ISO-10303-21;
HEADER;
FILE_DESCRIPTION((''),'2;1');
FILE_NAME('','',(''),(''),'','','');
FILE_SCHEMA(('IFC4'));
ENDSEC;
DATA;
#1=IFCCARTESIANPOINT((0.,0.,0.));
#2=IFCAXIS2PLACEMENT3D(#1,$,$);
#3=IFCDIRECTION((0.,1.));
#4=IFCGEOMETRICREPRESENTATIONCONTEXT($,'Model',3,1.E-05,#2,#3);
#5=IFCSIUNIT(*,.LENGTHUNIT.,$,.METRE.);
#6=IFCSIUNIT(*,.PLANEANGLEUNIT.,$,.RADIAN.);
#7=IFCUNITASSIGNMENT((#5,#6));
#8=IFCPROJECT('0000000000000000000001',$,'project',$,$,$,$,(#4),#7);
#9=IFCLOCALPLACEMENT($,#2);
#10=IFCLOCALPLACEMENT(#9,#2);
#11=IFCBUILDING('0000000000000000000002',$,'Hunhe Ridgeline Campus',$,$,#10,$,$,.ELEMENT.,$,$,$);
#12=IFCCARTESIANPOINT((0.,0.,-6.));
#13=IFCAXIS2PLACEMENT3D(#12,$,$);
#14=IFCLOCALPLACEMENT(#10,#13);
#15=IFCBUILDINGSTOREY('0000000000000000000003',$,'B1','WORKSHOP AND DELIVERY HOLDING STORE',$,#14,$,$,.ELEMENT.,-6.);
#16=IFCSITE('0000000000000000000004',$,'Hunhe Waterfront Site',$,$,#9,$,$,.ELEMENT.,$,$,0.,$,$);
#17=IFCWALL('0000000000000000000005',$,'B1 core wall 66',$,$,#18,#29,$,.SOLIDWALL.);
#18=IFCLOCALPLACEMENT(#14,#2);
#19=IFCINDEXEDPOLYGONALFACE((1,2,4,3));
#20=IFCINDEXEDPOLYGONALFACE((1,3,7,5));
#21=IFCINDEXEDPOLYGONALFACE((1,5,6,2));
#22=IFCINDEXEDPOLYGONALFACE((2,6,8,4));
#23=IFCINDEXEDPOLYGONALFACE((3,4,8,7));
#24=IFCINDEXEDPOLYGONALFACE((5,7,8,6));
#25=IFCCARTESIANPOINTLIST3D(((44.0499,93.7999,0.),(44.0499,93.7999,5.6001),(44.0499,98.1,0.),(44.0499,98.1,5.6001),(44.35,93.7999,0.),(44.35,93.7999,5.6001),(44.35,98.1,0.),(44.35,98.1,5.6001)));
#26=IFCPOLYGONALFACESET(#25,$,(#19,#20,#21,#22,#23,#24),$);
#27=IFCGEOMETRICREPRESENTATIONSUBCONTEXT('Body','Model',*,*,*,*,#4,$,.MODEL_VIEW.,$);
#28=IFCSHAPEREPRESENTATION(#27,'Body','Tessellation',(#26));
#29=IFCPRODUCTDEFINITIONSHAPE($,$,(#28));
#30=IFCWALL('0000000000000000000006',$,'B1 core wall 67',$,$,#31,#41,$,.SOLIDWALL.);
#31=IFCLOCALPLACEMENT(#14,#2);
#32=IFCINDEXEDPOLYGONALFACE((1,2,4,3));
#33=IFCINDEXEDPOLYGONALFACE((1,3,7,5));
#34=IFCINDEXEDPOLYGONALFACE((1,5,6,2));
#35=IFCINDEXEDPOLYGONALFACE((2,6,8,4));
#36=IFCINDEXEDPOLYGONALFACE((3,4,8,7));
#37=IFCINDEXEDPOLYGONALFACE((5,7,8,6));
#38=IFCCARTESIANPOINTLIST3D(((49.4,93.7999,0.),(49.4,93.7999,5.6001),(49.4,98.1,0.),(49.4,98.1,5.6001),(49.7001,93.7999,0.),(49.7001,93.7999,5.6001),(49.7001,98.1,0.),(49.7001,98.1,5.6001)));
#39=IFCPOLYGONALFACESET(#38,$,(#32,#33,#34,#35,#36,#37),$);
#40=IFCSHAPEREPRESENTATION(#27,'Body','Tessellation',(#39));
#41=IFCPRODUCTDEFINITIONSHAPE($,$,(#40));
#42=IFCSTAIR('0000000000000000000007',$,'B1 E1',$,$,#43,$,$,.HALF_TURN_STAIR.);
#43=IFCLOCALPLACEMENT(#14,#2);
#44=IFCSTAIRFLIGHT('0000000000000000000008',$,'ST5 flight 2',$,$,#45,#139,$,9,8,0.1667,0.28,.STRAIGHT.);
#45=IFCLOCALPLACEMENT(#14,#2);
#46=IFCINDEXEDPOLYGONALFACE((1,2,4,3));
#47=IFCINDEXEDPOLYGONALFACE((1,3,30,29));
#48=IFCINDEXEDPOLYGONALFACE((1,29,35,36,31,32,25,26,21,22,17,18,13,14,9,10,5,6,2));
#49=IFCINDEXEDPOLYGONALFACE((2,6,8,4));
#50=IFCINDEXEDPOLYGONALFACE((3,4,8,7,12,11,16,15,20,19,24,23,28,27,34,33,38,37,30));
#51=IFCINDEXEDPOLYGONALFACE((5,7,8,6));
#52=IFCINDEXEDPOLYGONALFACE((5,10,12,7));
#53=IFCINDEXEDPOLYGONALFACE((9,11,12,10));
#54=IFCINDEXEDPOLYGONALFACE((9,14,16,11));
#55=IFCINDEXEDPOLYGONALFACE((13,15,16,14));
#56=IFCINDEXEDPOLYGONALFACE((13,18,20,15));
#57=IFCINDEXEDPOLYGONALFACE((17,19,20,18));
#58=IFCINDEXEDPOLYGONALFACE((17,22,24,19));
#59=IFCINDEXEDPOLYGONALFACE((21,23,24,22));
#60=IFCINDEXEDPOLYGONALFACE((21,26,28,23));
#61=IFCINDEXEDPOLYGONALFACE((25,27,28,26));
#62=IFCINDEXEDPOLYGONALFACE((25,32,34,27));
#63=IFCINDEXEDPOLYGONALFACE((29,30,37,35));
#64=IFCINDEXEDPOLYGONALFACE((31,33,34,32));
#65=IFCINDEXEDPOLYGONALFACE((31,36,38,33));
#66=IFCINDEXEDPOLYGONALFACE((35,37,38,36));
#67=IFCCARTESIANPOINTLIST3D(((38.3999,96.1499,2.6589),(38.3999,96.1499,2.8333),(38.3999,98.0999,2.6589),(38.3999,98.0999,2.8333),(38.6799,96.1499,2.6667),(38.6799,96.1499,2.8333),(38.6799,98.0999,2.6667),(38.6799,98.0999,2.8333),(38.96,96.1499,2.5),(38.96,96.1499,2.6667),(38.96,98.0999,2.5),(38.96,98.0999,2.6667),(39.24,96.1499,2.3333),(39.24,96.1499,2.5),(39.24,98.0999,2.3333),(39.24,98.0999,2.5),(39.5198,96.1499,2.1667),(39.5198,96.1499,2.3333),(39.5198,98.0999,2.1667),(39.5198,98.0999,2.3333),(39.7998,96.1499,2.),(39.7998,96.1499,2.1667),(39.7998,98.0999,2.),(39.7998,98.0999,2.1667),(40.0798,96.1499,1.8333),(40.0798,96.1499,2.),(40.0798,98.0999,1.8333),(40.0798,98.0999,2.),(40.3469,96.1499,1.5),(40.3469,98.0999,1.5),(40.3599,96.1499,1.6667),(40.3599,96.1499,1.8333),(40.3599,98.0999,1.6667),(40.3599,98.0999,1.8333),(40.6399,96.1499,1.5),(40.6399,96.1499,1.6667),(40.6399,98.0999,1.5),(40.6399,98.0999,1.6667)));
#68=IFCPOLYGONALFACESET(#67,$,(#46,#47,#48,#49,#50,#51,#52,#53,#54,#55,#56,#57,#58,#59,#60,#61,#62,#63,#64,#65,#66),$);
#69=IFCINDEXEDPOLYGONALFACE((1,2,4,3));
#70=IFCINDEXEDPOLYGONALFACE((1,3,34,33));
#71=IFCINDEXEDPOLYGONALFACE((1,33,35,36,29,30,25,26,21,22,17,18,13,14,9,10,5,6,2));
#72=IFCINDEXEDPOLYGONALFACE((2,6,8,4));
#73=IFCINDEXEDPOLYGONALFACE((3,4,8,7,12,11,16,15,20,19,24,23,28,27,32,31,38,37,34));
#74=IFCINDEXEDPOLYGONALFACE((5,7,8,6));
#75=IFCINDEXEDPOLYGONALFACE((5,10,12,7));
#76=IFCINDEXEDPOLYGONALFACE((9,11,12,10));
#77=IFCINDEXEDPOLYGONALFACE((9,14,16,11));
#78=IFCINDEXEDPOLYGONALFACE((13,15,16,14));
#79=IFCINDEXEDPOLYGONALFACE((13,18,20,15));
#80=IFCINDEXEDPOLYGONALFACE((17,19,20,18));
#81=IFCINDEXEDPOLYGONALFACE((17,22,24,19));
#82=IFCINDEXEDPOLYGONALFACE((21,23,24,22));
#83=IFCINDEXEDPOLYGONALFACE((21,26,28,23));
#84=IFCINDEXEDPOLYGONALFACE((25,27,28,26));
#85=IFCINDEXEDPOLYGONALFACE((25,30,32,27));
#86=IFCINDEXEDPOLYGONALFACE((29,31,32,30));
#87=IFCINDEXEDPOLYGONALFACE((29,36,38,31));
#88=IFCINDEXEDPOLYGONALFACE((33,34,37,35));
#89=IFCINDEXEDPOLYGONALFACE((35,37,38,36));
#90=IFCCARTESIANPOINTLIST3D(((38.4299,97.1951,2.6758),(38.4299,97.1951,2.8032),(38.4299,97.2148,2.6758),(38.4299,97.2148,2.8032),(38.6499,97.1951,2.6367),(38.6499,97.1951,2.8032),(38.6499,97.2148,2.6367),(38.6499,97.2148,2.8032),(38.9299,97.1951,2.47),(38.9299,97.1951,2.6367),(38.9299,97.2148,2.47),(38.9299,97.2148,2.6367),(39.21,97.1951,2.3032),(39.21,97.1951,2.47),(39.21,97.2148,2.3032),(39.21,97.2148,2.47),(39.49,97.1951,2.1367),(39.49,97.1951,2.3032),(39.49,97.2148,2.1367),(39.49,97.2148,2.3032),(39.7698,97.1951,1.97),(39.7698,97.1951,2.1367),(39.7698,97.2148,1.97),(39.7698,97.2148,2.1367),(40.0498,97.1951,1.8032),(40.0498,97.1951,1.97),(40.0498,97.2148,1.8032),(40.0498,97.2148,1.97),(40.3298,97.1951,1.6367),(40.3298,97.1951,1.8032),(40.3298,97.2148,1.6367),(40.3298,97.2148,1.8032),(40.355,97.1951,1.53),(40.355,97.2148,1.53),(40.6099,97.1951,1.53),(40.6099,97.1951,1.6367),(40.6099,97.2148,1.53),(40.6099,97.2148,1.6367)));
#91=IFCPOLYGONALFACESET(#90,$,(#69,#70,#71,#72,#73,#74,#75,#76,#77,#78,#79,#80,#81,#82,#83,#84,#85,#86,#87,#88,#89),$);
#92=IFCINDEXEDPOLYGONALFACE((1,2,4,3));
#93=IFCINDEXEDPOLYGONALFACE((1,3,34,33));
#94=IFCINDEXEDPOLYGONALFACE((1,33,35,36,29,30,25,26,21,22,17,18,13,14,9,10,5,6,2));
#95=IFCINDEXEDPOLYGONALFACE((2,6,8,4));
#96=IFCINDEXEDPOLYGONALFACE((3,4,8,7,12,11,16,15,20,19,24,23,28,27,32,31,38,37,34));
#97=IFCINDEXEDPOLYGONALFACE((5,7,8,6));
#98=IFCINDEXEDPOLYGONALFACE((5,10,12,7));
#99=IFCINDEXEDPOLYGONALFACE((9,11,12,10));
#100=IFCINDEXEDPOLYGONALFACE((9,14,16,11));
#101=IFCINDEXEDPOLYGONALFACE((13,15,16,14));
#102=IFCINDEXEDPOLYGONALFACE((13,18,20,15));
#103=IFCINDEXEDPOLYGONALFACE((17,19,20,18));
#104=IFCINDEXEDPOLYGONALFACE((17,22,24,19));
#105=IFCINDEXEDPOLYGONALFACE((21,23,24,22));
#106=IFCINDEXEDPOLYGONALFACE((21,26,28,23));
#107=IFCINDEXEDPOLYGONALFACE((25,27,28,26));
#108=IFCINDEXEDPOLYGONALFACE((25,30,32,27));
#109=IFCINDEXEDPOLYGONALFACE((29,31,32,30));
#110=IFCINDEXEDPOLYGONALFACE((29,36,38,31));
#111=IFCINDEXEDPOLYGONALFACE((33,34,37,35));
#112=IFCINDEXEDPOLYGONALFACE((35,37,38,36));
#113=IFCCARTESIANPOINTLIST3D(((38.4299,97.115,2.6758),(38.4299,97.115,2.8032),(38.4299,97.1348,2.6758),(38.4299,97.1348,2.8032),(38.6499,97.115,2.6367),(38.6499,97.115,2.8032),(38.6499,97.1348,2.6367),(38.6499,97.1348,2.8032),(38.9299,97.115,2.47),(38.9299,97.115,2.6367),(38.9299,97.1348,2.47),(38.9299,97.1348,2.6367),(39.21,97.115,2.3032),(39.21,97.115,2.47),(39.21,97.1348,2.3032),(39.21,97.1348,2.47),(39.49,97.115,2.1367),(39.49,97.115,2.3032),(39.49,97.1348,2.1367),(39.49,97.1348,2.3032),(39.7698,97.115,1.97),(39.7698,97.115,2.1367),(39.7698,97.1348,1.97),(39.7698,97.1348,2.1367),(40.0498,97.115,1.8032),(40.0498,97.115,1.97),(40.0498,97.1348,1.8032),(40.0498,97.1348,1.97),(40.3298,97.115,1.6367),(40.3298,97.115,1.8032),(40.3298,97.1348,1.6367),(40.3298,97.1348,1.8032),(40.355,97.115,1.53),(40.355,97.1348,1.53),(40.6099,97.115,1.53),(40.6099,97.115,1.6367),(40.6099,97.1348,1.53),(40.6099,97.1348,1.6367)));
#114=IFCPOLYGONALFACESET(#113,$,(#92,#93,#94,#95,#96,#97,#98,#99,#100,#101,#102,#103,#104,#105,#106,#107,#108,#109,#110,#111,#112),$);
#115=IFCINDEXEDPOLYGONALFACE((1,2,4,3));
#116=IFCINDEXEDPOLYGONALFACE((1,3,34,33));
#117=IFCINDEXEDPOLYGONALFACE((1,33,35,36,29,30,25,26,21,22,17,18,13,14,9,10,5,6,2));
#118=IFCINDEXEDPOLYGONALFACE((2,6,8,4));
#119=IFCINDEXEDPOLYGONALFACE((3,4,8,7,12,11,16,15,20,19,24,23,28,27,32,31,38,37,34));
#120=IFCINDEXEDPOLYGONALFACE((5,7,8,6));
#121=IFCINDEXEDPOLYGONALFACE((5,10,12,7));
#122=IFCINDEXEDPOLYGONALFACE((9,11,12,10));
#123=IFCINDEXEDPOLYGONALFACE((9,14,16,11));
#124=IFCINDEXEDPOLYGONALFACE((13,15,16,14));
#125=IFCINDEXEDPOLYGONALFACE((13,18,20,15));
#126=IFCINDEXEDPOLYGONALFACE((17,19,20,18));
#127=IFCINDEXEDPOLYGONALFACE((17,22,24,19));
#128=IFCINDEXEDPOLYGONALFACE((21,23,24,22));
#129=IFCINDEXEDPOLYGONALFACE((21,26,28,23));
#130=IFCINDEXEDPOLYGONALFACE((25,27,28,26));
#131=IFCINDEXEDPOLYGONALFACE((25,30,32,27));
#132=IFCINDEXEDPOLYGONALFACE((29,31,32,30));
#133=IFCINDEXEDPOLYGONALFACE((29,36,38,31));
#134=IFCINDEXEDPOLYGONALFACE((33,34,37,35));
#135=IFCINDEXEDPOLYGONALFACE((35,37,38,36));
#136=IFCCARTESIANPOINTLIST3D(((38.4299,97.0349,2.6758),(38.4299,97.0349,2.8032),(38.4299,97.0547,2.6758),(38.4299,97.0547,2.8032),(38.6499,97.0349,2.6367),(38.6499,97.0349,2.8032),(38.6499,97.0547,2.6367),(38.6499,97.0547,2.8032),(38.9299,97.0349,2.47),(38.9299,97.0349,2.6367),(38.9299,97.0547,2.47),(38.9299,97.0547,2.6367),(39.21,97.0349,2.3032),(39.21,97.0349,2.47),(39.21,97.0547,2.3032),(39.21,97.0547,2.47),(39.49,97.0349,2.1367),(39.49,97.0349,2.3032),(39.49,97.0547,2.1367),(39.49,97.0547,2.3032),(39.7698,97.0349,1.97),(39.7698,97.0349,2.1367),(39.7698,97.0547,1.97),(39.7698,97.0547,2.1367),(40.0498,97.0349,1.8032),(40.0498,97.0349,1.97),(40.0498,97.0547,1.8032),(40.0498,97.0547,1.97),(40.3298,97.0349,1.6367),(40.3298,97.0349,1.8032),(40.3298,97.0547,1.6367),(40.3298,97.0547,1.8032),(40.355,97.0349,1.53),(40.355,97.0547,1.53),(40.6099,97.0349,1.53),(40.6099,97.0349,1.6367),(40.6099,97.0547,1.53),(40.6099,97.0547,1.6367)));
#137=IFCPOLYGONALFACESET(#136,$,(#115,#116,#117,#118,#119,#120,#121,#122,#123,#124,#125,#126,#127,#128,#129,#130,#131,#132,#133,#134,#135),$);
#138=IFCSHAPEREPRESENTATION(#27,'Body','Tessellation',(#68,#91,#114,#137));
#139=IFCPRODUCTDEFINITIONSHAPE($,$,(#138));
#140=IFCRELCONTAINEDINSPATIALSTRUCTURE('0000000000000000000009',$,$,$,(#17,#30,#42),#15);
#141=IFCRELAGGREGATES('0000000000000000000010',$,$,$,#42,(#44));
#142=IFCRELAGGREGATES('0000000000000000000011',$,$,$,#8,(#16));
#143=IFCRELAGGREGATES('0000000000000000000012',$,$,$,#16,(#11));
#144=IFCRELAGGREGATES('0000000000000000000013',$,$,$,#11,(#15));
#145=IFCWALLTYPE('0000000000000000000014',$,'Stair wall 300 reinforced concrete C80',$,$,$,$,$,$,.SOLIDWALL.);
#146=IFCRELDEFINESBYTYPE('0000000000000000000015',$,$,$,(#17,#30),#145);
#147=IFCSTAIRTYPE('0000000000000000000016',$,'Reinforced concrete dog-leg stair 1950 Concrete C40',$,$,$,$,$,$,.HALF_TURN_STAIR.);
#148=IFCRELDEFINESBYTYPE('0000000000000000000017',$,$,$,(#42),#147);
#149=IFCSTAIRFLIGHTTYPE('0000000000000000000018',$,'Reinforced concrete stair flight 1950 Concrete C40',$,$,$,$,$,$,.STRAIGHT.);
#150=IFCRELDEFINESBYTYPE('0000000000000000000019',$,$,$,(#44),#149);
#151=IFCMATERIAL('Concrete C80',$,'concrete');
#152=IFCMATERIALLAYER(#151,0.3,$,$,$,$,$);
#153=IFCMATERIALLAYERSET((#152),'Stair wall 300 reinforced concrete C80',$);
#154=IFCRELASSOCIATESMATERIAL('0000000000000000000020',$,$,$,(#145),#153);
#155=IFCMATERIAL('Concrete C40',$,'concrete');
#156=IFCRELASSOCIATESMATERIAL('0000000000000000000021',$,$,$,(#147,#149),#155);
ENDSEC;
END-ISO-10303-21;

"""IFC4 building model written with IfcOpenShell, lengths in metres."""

from ifc_helpers import new_model, si_unit, direction, frame, frame_2d, origin, place, context, subcontext, project, spatial, polyline, rectangle, outline, extrude, material, layer, layer_set, type_object, element, aggregate, save


model = new_model("IFC4")

# Units and contexts
model_context = context("Model", 3, precision=1e-05, world=origin(), true_north=direction((0.0, 1.0)))
body_context = subcontext(model_context, "Body", "Model", "MODEL_VIEW")
ifc_project = project(units=[si_unit("LENGTHUNIT", "METRE"), si_unit("PLANEANGLEUNIT", "RADIAN")], contexts=[model_context])

# Site, building, storey
site_placement = place(None, origin())
site = spatial("IfcSite", under=ifc_project, at=site_placement, Name="Hunhe Waterfront Site", CompositionType="ELEMENT", RefElevation=0.0)
building_placement = place(site_placement, origin())
building = spatial("IfcBuilding", under=site, at=building_placement, Name="Hunhe Ridgeline Campus", CompositionType="ELEMENT")
storey_placement = place(building_placement, frame((0.0, 0.0, -6.0)))
storey = spatial("IfcBuildingStorey", under=building, at=storey_placement, Name="B1", Description="WORKSHOP AND DELIVERY HOLDING STORE", CompositionType="ELEMENT", Elevation=-6.0)

# Shared definitions
ifc_material_1 = material(Name="Concrete C80", Category="concrete")

# Shared definitions
ifc_layer_1 = layer(ifc_material_1, 0.3)
ifc_layer_set_1 = layer_set([ifc_layer_1], Name="Stair wall 300 reinforced concrete C80")
wall_type_1 = type_object("IfcWallType", Name="Stair wall 300 reinforced concrete C80", PredefinedType="SOLIDWALL", material=ifc_layer_set_1)

# Walls
for number, where, z_axis, x_axis, name in (
    (1, (44.2, 93.8, 0.0), (0.0, 0.0, 1.0), (0.0, 1.0, 0.0), "B1 core wall 66"),
    (2, (49.55, 93.8, 0.0), (0.0, 0.0, 1.0), (0.0, 1.0, 0.0), "B1 core wall 67"),
):
    element("IfcWall", number, at=place(storey_placement, frame(where, z_axis=z_axis, x_axis=x_axis)), inside=storey, type_object=wall_type_1, Name=name, PredefinedType="SOLIDWALL", context=body_context, shape_type="SweptSolid", body=[
        extrude(rectangle(XDim=4.3, YDim=0.3, at=frame_2d((2.1499, 0.0))), origin(), (0.0, 0.0, 1.0), 5.6001),
    ])

# Stair, stair flight
ifc_material_2 = material(Name="Concrete C40", Category="concrete")
stair_type = type_object("IfcStairType", Name="Reinforced concrete dog-leg stair 1950 Concrete C40", PredefinedType="HALF_TURN_STAIR", material=ifc_material_2)
stair_1_placement = place(storey_placement, origin())
stair_1 = element("IfcStair", 3, at=stair_1_placement, inside=storey, type_object=stair_type, Name="B1 E1", PredefinedType="HALF_TURN_STAIR")
stair_flight_type = type_object("IfcStairFlightType", Name="Reinforced concrete stair flight 1950 Concrete C40", PredefinedType="STRAIGHT", material=ifc_material_2)
stair_flight_1_placement = place(storey_placement, frame((40.6399, 97.125, 1.5), z_axis=(0.0, 0.0, 1.0), x_axis=(-1.0, 0.0, 0.0)))
stair_flight_1 = element("IfcStairFlight", 4, at=stair_flight_1_placement, type_object=stair_flight_type, Name="ST5 flight 2", NumberOfRisers=9, NumberOfTreads=8, PredefinedType="STRAIGHT", RiserHeight=0.1667, TreadLength=0.28, context=body_context, shape_type="SweptSolid", body=[
    extrude(outline(polyline([(0.0, 0.0), (0.0, 0.1667), (0.28, 0.1667), (0.28, 0.3333), (0.5601, 0.3333), (0.5601, 0.5), (0.8401, 0.5), (0.8401, 0.6667), (1.1201, 0.6667), (1.1201, 0.8333), (1.3999, 0.8333), (1.3999, 1.0), (1.6799, 1.0), (1.6799, 1.1667), (1.96, 1.1667), (1.96, 1.3333), (2.24, 1.3333), (2.24, 1.5), (2.24, 1.1589), (0.293, 0.0), (0.0, 0.0)])), frame((0.0, 0.9751, 0.0), z_axis=(0.0, -1.0, 0.0), x_axis=(1.0, 0.0, 0.0)), (0.0, 0.0, 1.0), 1.95),
    extrude(outline(polyline([(0.03, 0.03), (0.03, 0.1367), (0.3101, 0.1367), (0.3101, 0.3032), (0.5901, 0.3032), (0.5901, 0.47), (0.8701, 0.47), (0.8701, 0.6367), (1.1499, 0.6367), (1.1499, 0.8032), (1.4299, 0.8032), (1.4299, 0.97), (1.71, 0.97), (1.71, 1.1367), (1.99, 1.1367), (1.99, 1.3032), (2.21, 1.3032), (2.21, 1.1758), (0.2849, 0.03), (0.03, 0.03)])), frame((0.0, -0.0701, 0.0), z_axis=(0.0, -1.0, 0.0), x_axis=(1.0, 0.0, 0.0)), (0.0, 0.0, 1.0), 0.0198),
    extrude(outline(polyline([(0.03, 0.03), (0.03, 0.1367), (0.3101, 0.1367), (0.3101, 0.3032), (0.5901, 0.3032), (0.5901, 0.47), (0.8701, 0.47), (0.8701, 0.6367), (1.1499, 0.6367), (1.1499, 0.8032), (1.4299, 0.8032), (1.4299, 0.97), (1.71, 0.97), (1.71, 1.1367), (1.99, 1.1367), (1.99, 1.3032), (2.21, 1.3032), (2.21, 1.1758), (0.2849, 0.03), (0.03, 0.03)])), frame((0.0, 0.01, 0.0), z_axis=(0.0, -1.0, 0.0), x_axis=(1.0, 0.0, 0.0)), (0.0, 0.0, 1.0), 0.0198),
    extrude(outline(polyline([(0.03, 0.03), (0.03, 0.1367), (0.3101, 0.1367), (0.3101, 0.3032), (0.5901, 0.3032), (0.5901, 0.47), (0.8701, 0.47), (0.8701, 0.6367), (1.1499, 0.6367), (1.1499, 0.8032), (1.4299, 0.8032), (1.4299, 0.97), (1.71, 0.97), (1.71, 1.1367), (1.99, 1.1367), (1.99, 1.3032), (2.21, 1.3032), (2.21, 1.1758), (0.2849, 0.03), (0.03, 0.03)])), frame((0.0, 0.0901, 0.0), z_axis=(0.0, -1.0, 0.0), x_axis=(1.0, 0.0, 0.0)), (0.0, 0.0, 1.0), 0.0198),
])
aggregate(stair_1, [stair_flight_1])

save(model, "model.ifc")
